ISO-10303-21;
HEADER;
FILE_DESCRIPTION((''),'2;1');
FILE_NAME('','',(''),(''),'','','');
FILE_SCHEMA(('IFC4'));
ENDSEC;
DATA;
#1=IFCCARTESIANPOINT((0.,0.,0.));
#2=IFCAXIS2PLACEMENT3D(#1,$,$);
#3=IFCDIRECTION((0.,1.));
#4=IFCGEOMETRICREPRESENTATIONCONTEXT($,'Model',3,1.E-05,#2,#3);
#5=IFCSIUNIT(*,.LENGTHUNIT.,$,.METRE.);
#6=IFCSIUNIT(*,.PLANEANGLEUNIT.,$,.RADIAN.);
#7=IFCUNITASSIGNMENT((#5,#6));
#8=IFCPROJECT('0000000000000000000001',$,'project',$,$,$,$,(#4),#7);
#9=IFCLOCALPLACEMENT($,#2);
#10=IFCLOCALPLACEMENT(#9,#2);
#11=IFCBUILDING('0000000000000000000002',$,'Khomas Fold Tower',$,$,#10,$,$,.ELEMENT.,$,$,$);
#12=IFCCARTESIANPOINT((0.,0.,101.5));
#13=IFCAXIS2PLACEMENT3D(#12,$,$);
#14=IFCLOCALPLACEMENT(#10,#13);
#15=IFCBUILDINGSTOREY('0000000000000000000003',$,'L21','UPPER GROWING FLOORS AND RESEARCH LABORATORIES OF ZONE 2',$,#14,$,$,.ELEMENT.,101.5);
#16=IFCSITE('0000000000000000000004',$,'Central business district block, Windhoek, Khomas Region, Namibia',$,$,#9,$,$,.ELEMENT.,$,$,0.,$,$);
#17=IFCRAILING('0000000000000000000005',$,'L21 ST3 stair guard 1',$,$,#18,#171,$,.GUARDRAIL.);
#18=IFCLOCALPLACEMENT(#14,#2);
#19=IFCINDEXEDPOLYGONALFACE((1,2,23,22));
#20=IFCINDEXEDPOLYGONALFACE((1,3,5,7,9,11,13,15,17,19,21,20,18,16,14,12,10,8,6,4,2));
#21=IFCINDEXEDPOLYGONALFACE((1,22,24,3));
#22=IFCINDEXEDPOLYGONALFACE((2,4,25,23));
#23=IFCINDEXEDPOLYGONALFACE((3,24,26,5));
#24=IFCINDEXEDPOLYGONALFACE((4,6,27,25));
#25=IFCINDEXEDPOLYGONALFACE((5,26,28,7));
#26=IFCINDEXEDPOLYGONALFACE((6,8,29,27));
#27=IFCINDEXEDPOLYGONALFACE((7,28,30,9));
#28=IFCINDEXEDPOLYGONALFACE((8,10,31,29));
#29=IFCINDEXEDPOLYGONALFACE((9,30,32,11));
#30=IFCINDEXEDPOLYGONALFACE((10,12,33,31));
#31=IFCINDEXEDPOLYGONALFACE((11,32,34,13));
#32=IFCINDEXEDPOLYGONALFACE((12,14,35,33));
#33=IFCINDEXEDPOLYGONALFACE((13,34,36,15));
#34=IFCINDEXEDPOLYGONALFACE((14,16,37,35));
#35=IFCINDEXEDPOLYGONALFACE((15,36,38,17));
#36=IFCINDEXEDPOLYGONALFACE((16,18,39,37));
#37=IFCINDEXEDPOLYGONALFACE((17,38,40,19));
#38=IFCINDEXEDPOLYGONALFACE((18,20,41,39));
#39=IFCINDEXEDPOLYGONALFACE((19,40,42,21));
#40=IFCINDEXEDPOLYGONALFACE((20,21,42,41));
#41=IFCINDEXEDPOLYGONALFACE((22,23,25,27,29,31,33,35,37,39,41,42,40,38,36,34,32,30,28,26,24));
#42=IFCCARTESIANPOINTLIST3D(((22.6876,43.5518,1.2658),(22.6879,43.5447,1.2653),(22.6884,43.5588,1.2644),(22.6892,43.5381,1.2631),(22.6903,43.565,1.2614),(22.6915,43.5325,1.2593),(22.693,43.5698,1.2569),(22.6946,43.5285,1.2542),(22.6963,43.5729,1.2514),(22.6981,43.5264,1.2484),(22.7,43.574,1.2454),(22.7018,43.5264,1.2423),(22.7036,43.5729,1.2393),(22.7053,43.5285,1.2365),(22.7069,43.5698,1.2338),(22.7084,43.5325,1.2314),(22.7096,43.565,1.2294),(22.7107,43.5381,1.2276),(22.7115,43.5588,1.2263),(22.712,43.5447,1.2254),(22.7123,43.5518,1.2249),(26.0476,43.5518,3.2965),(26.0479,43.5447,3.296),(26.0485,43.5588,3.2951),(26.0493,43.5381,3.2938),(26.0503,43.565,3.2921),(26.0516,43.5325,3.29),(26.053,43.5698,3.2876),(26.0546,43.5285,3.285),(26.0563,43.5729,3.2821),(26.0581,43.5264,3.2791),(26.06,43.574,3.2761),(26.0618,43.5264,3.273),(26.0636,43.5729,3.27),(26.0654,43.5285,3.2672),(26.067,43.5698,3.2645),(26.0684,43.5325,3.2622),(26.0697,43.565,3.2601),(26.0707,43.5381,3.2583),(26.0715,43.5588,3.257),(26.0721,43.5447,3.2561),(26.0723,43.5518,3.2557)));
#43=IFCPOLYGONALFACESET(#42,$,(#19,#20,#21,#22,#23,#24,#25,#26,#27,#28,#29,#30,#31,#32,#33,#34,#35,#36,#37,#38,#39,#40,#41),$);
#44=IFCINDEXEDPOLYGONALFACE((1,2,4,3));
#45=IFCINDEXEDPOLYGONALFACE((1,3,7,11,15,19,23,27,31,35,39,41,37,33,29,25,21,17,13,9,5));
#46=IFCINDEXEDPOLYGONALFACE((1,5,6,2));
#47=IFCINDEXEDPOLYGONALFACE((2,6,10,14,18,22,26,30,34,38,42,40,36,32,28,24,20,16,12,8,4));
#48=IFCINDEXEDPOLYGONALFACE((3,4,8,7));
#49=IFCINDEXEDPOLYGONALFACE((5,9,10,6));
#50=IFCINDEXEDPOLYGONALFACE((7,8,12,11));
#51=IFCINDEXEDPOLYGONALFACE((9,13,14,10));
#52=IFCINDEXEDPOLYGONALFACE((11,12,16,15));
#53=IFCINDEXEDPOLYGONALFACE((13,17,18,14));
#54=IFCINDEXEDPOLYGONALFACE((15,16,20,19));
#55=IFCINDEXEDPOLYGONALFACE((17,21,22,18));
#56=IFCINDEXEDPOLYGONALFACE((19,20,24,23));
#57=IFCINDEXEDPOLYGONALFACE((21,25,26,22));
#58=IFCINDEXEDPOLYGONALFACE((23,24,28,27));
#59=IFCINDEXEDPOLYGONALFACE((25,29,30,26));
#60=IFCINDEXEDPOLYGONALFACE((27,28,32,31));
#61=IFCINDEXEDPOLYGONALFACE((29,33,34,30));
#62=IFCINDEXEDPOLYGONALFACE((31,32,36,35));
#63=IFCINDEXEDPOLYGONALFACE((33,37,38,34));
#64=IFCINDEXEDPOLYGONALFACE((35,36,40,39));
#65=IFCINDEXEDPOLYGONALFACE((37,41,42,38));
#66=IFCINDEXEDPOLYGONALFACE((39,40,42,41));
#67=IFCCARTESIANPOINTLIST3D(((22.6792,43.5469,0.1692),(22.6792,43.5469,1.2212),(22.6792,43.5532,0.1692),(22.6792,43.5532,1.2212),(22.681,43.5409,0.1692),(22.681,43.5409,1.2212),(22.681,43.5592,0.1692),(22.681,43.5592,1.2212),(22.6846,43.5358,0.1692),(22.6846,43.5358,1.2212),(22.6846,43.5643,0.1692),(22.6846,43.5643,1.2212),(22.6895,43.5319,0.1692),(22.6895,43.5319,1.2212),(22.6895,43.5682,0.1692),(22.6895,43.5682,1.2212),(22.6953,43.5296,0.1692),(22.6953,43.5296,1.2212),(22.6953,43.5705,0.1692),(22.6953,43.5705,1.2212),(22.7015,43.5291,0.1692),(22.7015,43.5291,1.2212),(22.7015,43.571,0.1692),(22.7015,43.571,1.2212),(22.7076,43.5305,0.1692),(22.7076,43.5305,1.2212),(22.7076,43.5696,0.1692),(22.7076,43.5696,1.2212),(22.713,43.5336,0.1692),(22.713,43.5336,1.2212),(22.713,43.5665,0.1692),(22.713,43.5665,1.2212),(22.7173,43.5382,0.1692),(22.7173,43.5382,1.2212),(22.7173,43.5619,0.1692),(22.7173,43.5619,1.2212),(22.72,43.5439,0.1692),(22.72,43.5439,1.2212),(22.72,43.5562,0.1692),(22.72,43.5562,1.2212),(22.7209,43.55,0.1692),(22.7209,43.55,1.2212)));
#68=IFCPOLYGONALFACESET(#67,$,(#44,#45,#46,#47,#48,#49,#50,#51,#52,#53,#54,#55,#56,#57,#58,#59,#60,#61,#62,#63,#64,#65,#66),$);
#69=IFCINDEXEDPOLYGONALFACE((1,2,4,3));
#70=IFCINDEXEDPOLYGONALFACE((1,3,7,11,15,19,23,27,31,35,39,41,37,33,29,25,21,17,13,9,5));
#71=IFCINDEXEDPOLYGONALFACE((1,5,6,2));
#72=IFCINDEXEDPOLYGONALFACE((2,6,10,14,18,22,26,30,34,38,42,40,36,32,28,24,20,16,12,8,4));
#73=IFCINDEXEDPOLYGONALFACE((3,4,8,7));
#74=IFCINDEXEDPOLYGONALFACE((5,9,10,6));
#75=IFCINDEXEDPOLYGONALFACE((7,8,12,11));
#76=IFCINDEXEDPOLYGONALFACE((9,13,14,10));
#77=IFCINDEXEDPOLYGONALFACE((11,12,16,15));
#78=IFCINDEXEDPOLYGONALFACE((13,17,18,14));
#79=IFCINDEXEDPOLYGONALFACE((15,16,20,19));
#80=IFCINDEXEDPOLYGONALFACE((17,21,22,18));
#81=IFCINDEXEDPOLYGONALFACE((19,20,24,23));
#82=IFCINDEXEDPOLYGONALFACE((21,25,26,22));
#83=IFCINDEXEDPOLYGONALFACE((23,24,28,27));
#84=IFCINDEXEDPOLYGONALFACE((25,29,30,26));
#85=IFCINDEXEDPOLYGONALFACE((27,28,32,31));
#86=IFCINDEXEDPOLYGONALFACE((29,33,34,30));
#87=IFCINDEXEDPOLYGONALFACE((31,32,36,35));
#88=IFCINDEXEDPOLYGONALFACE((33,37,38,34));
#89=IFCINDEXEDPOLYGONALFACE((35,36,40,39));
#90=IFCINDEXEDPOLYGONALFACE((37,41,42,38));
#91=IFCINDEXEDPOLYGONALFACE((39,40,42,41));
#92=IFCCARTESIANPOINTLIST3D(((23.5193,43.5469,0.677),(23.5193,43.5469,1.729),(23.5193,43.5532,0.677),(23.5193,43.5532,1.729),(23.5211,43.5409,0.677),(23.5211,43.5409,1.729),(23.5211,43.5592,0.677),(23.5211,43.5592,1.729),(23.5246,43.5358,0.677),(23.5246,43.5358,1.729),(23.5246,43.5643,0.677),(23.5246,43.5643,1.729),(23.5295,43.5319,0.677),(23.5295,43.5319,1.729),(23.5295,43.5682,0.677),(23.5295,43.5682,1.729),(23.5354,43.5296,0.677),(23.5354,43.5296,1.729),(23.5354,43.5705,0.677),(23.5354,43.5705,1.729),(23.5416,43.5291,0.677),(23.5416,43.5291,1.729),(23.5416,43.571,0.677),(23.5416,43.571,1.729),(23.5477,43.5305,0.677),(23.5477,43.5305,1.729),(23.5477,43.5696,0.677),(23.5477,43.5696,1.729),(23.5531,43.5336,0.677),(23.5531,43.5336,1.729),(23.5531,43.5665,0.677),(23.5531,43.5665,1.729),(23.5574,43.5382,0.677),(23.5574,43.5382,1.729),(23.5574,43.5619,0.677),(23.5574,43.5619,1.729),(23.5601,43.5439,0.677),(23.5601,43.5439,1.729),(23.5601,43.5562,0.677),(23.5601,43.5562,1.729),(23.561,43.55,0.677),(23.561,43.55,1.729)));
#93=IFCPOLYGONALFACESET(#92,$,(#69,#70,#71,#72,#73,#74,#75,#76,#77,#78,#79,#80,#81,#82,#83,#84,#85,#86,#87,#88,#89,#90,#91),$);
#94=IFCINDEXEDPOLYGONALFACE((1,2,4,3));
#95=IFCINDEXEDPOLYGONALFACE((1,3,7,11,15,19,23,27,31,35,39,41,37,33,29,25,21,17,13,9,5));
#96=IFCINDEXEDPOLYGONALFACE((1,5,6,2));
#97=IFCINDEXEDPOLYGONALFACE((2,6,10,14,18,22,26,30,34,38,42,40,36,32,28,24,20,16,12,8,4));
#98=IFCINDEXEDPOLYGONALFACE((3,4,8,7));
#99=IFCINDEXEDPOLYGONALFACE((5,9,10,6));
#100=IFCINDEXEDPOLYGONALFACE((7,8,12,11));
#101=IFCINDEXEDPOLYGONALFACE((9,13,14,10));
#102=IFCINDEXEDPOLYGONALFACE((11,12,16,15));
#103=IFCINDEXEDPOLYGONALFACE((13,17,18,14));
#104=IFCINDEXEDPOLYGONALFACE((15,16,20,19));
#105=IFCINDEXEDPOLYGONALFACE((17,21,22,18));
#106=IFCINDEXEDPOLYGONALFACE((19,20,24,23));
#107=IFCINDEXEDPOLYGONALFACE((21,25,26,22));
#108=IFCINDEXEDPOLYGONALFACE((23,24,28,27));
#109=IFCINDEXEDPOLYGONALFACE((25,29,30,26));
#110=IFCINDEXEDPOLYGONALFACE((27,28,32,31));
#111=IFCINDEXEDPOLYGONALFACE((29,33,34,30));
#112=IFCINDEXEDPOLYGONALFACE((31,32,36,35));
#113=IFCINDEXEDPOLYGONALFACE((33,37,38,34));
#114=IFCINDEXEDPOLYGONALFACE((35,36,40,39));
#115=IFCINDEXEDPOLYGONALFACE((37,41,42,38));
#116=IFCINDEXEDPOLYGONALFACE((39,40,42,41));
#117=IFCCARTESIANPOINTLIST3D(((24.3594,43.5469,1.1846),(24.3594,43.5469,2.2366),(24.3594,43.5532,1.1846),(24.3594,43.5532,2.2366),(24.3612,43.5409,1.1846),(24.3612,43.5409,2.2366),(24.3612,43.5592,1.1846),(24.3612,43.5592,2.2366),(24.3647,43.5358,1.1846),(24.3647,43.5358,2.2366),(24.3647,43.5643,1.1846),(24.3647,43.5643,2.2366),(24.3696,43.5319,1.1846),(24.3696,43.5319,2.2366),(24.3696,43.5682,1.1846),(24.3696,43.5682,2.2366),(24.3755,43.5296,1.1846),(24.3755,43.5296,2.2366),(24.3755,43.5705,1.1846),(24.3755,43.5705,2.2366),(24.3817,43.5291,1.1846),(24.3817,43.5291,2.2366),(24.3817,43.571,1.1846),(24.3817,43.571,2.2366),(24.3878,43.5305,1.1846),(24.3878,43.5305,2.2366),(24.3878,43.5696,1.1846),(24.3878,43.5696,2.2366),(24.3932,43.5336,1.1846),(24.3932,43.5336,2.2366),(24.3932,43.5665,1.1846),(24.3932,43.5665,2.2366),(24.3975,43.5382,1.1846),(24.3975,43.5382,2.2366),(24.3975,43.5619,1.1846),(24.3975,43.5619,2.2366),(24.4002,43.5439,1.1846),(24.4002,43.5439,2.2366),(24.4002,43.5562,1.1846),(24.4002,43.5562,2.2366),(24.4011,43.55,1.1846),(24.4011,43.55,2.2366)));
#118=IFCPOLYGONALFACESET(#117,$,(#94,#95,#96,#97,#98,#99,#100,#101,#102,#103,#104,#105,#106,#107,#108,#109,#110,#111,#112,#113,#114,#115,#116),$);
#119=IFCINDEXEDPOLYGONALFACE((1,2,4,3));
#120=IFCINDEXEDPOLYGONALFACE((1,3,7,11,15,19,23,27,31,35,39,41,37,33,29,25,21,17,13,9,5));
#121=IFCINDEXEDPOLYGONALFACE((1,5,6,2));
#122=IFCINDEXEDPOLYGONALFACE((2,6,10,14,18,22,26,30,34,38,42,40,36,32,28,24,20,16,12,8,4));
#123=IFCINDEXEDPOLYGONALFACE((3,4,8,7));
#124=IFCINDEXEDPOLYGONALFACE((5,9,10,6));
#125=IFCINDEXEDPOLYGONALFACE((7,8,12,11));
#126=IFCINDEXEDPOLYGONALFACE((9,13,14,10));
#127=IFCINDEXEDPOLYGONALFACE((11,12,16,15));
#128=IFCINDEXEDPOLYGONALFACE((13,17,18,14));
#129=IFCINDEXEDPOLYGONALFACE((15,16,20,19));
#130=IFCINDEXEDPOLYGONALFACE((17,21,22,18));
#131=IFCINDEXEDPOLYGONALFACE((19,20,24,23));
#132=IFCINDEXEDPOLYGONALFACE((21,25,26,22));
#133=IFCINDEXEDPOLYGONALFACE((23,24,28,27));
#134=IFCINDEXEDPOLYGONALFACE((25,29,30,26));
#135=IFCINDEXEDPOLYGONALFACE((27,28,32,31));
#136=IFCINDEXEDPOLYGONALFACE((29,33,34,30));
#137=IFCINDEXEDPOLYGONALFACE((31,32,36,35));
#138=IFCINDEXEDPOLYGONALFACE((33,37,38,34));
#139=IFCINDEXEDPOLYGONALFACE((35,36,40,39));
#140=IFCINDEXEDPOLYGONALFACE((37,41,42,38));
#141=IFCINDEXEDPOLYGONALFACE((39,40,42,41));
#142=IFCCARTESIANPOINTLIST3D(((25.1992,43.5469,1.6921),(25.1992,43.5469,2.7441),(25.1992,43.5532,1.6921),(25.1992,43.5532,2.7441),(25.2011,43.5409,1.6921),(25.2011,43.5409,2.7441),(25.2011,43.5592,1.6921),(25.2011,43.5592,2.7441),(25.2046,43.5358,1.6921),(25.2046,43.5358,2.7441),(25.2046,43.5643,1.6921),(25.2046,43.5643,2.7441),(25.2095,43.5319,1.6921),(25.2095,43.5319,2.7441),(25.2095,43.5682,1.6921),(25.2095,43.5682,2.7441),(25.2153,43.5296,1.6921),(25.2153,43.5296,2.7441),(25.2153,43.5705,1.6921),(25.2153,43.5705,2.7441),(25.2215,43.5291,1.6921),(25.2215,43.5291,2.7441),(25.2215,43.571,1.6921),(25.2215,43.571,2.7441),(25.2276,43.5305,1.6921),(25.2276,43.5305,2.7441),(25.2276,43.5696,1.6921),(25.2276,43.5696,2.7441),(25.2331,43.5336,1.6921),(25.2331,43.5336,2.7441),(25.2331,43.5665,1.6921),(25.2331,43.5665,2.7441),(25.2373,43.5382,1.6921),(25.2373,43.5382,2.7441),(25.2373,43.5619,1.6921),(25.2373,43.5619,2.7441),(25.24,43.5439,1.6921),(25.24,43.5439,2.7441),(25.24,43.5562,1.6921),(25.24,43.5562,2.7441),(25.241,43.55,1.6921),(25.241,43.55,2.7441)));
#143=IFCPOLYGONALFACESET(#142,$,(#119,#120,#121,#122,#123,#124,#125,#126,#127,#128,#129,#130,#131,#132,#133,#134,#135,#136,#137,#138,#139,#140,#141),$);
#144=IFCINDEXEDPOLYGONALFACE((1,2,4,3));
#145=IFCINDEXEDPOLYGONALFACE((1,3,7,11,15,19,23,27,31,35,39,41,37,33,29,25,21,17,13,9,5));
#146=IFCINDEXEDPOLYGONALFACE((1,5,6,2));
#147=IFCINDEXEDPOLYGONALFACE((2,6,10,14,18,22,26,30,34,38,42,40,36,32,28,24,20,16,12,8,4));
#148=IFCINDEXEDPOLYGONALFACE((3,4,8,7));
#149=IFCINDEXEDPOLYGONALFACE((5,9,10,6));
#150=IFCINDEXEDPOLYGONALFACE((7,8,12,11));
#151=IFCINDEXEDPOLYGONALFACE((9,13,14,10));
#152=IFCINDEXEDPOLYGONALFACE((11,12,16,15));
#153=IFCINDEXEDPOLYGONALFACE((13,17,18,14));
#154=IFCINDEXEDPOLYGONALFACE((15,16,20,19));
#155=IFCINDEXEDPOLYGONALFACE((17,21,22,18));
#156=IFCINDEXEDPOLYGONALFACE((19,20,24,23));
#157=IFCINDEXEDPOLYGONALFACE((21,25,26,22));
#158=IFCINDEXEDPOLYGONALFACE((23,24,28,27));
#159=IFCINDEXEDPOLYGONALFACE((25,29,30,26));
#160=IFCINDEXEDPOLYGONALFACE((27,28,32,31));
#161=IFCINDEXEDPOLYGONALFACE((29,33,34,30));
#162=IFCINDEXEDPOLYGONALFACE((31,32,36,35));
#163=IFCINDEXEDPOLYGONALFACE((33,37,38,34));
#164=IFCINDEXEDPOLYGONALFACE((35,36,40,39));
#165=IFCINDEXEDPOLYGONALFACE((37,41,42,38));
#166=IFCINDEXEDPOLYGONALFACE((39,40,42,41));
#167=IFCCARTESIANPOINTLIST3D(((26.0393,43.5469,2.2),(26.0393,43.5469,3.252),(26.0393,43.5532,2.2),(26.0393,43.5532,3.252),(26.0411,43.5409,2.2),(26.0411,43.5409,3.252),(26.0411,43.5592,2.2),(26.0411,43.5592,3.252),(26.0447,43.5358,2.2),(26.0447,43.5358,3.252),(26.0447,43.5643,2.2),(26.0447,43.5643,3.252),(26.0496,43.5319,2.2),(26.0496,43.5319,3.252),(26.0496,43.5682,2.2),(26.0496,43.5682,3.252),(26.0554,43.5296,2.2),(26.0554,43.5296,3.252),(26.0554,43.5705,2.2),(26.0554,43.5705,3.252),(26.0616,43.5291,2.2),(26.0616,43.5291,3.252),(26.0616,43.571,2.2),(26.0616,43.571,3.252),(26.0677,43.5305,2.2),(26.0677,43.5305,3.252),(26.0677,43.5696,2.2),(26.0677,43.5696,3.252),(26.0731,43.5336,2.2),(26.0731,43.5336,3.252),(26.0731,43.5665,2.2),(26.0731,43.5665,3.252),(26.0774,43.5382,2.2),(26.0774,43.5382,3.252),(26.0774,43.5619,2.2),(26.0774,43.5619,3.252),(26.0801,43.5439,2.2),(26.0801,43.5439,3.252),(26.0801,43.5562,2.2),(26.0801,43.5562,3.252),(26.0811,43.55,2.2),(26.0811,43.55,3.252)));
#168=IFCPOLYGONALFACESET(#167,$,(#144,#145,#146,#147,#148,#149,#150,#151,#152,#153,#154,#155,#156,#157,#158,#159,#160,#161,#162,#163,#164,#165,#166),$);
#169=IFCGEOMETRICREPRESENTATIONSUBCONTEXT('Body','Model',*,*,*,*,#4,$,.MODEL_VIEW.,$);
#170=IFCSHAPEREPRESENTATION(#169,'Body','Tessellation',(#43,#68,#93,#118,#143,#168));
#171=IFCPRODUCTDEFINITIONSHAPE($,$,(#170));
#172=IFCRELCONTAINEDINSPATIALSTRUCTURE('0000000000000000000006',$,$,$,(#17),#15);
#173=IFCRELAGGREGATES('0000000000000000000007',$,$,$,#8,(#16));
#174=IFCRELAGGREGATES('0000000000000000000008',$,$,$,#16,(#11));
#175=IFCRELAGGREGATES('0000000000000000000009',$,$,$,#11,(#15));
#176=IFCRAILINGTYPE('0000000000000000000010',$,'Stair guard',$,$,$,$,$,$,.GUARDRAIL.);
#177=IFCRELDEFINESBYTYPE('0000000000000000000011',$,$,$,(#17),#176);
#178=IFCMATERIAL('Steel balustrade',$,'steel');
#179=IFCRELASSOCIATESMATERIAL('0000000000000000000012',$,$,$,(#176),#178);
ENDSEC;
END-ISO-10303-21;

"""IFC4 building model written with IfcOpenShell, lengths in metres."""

from ifc_helpers import new_model, si_unit, direction, frame, origin, origin_2d, place, context, subcontext, project, spatial, circle, extrude, source, transform, mapped, material, type_object, element, save


model = new_model("IFC4")

# Units and contexts
model_context = context("Model", 3, precision=1e-05, world=origin(), true_north=direction((0.0, 1.0)))
body_context = subcontext(model_context, "Body", "Model", "MODEL_VIEW")
ifc_project = project(units=[si_unit("LENGTHUNIT", "METRE"), si_unit("PLANEANGLEUNIT", "RADIAN")], contexts=[model_context])

# Site, building, storey
site_placement = place(None, origin())
site = spatial("IfcSite", under=ifc_project, at=site_placement, Name="Central business district block, Windhoek, Khomas Region, Namibia", CompositionType="ELEMENT", RefElevation=0.0)
building_placement = place(site_placement, origin())
building = spatial("IfcBuilding", under=site, at=building_placement, Name="Khomas Fold Tower", CompositionType="ELEMENT")
storey_placement = place(building_placement, frame((0.0, 0.0, 101.5)))
storey = spatial("IfcBuildingStorey", under=building, at=storey_placement, Name="L21", Description="UPPER GROWING FLOORS AND RESEARCH LABORATORIES OF ZONE 2", CompositionType="ELEMENT", Elevation=101.5)

# Railing
ifc_material_1 = material(Name="Steel balustrade", Category="steel")
railing_type_1 = type_object("IfcRailingType", Name="Stair guard", PredefinedType="GUARDRAIL", material=ifc_material_1)
shared_shape_1 = source(origin(), body_context, "Body", "SweptSolid", [
    extrude(circle(Radius=0.0239, at=origin_2d()), frame((0.0, 0.0, 1.0762), z_axis=(0.855837, 0.0, 0.517246), x_axis=(0.0, 1.0, 0.0)), (0.0, 0.0, 1.0), 3.926),
    extrude(circle(Radius=0.021, at=origin_2d()), origin(), (0.0, 0.0, 1.0), 1.052),
    extrude(circle(Radius=0.021, at=origin_2d()), frame((0.8401, 0.0, 0.5078)), (0.0, 0.0, 1.0), 1.052),
    extrude(circle(Radius=0.021, at=origin_2d()), frame((1.6802, 0.0, 1.0154)), (0.0, 0.0, 1.0), 1.052),
    extrude(circle(Radius=0.021, at=origin_2d()), frame((2.52, 0.0, 1.5229)), (0.0, 0.0, 1.0), 1.052),
    extrude(circle(Radius=0.021, at=origin_2d()), frame((3.3601, 0.0, 2.0308)), (0.0, 0.0, 1.0), 1.052),
])
railing_1_placement = place(storey_placement, frame((22.7, 43.55, 0.1692)))
element("IfcRailing", 1, at=railing_1_placement, inside=storey, type_object=railing_type_1, Name="L21 ST3 stair guard 1", PredefinedType="GUARDRAIL", context=body_context, shape_type="MappedRepresentation", body=[
    mapped(shared_shape_1, transform((0.0, 0.0, 0.0))),
])

save(model, "model.ifc")
